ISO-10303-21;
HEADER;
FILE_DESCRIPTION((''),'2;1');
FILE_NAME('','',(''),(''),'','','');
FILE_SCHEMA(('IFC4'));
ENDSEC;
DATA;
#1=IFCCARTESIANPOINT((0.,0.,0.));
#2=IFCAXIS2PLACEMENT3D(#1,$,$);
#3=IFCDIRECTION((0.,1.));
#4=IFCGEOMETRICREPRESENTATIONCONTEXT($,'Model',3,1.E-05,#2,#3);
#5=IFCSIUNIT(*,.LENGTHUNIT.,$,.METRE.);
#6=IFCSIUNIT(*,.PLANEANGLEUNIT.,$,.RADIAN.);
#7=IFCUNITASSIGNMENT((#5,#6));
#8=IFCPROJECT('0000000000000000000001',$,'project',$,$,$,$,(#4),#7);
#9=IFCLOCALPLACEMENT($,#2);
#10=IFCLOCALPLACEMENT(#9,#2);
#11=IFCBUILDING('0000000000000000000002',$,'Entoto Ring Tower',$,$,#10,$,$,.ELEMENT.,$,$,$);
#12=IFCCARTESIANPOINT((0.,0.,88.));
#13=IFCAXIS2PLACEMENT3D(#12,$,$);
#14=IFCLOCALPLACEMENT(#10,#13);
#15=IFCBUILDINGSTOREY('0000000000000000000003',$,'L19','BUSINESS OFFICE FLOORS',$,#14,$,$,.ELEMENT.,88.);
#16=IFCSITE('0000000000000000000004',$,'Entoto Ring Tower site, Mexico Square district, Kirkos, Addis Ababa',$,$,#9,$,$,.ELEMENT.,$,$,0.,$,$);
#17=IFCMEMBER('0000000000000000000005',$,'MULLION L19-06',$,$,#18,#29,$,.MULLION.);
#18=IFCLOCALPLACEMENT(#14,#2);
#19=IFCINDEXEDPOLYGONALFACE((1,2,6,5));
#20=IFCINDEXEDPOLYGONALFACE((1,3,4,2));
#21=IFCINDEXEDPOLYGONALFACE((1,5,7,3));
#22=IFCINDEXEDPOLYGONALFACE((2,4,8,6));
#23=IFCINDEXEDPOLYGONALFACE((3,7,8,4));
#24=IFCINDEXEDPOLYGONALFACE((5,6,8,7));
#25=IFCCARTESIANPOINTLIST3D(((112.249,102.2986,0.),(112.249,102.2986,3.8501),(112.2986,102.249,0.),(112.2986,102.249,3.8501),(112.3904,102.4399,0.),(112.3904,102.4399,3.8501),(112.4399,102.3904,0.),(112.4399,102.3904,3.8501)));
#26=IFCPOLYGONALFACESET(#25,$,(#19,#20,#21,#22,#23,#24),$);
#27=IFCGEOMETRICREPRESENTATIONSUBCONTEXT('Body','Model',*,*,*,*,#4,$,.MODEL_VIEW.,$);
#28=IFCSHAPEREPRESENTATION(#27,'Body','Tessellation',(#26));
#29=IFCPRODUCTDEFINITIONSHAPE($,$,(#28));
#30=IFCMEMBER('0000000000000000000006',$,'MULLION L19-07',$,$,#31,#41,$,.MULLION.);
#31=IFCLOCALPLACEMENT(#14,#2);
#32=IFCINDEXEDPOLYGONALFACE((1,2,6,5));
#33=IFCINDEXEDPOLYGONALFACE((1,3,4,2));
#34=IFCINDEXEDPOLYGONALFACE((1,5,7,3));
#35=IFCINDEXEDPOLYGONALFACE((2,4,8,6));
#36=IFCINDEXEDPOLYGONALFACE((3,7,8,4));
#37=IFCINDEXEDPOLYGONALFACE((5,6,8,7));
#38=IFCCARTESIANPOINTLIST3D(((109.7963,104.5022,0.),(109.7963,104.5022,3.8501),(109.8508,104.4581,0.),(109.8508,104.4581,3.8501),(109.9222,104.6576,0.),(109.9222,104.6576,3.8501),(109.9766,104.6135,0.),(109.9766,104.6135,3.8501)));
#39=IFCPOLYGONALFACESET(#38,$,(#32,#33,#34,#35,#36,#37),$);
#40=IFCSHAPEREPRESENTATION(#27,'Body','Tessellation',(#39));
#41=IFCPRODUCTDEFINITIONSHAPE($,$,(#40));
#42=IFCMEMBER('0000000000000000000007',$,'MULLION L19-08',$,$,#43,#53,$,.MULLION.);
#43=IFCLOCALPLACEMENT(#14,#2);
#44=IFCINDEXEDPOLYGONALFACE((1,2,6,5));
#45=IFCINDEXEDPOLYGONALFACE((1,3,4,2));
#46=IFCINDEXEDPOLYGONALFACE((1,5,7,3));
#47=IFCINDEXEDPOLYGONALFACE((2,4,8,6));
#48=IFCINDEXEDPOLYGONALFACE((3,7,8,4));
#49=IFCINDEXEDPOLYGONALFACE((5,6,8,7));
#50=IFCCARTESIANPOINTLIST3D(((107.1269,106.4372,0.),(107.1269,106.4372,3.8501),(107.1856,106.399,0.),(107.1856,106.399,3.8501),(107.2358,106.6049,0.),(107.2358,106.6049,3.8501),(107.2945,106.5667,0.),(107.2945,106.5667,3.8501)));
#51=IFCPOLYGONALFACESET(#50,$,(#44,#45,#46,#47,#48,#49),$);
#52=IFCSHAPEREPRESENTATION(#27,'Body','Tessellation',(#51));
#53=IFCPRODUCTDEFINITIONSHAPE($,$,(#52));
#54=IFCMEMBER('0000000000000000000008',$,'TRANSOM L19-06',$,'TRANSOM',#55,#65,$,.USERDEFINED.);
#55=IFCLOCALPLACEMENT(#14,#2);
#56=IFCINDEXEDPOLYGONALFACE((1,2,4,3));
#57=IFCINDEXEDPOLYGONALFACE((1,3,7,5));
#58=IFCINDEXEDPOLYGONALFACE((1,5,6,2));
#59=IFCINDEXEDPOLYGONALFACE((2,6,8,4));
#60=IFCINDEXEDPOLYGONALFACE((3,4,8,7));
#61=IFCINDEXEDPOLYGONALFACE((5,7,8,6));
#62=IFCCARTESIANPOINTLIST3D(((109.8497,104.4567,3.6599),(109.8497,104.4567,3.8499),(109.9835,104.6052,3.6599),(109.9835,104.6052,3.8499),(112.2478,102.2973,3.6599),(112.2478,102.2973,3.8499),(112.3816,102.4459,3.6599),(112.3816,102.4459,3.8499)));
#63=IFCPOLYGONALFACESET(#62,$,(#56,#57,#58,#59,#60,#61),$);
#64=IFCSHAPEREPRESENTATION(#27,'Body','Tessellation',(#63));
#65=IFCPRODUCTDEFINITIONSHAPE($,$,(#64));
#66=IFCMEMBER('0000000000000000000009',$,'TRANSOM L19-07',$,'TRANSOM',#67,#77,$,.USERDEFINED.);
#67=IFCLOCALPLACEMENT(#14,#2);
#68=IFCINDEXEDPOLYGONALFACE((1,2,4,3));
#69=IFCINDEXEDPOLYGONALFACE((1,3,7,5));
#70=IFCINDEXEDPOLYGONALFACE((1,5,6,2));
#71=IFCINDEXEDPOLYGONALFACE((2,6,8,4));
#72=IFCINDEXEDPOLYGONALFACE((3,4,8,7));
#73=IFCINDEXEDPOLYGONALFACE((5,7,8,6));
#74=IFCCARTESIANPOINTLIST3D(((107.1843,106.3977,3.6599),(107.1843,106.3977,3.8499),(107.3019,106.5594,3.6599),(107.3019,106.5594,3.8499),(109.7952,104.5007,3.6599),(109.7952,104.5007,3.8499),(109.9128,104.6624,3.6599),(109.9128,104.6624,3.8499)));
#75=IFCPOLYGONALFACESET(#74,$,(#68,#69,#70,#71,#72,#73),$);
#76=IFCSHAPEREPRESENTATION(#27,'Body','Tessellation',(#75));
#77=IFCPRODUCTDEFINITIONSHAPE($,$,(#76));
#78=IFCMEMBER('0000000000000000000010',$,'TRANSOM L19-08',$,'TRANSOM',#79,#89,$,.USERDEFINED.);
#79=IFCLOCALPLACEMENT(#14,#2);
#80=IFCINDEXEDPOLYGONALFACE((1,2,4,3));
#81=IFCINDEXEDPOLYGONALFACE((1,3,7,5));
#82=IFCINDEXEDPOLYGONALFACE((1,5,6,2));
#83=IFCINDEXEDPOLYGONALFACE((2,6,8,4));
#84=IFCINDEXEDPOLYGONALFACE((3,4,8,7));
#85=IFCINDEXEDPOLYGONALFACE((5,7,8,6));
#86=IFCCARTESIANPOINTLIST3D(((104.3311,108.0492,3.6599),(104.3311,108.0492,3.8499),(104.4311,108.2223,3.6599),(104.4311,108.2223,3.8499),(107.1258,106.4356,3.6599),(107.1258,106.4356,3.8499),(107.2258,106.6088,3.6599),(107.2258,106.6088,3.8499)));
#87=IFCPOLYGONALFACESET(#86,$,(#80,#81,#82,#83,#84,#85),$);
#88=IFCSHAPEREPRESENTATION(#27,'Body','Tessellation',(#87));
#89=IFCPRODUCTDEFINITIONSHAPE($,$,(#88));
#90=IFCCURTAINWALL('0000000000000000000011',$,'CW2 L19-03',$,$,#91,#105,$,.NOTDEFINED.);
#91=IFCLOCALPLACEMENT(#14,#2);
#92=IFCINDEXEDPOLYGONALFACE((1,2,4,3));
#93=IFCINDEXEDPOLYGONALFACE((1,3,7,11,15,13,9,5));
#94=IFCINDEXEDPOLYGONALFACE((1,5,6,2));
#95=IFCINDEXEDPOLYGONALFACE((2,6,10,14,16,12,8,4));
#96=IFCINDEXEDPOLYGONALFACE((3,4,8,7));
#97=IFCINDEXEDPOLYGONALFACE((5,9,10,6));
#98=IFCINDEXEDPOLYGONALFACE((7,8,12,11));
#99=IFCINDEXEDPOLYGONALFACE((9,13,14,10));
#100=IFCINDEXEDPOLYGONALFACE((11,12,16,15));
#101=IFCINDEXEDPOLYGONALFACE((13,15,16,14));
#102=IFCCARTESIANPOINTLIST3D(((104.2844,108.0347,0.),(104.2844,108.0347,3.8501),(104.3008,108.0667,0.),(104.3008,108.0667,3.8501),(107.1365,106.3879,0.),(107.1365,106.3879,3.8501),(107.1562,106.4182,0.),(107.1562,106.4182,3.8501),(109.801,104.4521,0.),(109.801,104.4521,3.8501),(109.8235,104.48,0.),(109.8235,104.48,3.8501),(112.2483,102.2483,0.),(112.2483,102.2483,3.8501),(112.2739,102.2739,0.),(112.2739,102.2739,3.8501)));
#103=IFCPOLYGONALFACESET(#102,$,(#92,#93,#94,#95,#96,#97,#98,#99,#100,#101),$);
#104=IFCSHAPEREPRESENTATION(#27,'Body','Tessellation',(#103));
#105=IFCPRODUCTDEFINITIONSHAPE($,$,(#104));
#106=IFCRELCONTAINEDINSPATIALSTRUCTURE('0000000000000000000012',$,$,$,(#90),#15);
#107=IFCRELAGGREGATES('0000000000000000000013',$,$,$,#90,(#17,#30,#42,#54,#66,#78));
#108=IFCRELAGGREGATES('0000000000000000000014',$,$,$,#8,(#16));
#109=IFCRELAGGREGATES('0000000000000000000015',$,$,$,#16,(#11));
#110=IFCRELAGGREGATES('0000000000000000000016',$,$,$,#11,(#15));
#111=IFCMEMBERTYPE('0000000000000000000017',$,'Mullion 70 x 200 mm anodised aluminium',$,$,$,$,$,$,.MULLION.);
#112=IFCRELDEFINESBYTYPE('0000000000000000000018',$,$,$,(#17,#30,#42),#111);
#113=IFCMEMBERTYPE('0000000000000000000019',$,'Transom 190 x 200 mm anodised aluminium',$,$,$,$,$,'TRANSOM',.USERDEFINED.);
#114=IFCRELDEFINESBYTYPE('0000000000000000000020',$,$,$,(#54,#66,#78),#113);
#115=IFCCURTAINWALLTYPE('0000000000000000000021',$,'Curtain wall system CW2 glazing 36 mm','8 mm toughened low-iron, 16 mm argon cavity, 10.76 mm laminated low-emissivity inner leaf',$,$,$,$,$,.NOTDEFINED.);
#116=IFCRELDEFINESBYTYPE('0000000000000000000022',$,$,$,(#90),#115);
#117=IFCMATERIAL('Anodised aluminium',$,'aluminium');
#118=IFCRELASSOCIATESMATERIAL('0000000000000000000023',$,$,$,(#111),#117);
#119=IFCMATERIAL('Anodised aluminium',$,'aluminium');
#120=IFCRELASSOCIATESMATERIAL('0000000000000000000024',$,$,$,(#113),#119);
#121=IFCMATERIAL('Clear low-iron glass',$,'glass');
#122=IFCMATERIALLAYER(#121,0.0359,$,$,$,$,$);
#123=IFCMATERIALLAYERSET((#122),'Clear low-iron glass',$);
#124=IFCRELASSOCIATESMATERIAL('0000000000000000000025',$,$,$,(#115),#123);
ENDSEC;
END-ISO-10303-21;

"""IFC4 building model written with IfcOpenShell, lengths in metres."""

from ifc_helpers import new_model, si_unit, direction, frame, origin, origin_2d, place, context, subcontext, project, spatial, polyline, rectangle, outline, extrude, material, layer, layer_set, material_profile, profile_set, type_object, element, aggregate, save


model = new_model("IFC4")

# Units and contexts
model_context = context("Model", 3, precision=1e-05, world=origin(), true_north=direction((0.0, 1.0)))
body_context = subcontext(model_context, "Body", "Model", "MODEL_VIEW")
ifc_project = project(units=[si_unit("LENGTHUNIT", "METRE"), si_unit("PLANEANGLEUNIT", "RADIAN")], contexts=[model_context])

# Members
ifc_material_1 = material(Name="Anodised aluminium", Category="aluminium")
ifc_material_profile_1 = material_profile(ifc_material_1, rectangle(XDim=0.0701, YDim=0.2, at=origin_2d()), Name="Mullion 70 x 200 mm anodised aluminium")
ifc_profile_set_1 = profile_set([ifc_material_profile_1], Name="Anodised aluminium")
member_type_1 = type_object("IfcMemberType", Name="Mullion 70 x 200 mm anodised aluminium", PredefinedType="MULLION", material=ifc_profile_set_1)
site_placement = place(None, origin())
building_placement = place(site_placement, origin())
storey_placement = place(building_placement, frame((0.0, 0.0, 88.0)))
member_1_placement = place(storey_placement, frame((112.3445, 102.3445, 0.0), z_axis=(0.0, 0.0, 1.0), x_axis=(-0.707107, 0.707107, 0.0)))
member_1 = element("IfcMember", 1, at=member_1_placement, type_object=member_type_1, Name="MULLION L19-06", PredefinedType="MULLION", context=body_context, shape_type="SweptSolid", body=[
    extrude(rectangle(XDim=0.0701, YDim=0.2, at=origin_2d()), origin(), (0.0, 0.0, 1.0), 3.8501),
])
member_2_placement = place(storey_placement, frame((109.8865, 104.5579, 0.0), z_axis=(0.0, 0.0, 1.0), x_axis=(-0.777146, 0.62932, 0.0)))
member_2 = element("IfcMember", 2, at=member_2_placement, type_object=member_type_1, Name="MULLION L19-07", PredefinedType="MULLION", context=body_context, shape_type="SweptSolid", body=[
    extrude(rectangle(XDim=0.0701, YDim=0.2, at=origin_2d()), origin(), (0.0, 0.0, 1.0), 3.8501),
])
member_3_placement = place(storey_placement, frame((107.2107, 106.502, 0.0), z_axis=(0.0, 0.0, 1.0), x_axis=(-0.838671, 0.544639, 0.0)))
member_3 = element("IfcMember", 3, at=member_3_placement, type_object=member_type_1, Name="MULLION L19-08", PredefinedType="MULLION", context=body_context, shape_type="SweptSolid", body=[
    extrude(rectangle(XDim=0.0701, YDim=0.2, at=origin_2d()), origin(), (0.0, 0.0, 1.0), 3.8501),
])
ifc_material_2 = material(Name="Anodised aluminium", Category="aluminium")
ifc_material_profile_2 = material_profile(ifc_material_2, rectangle(XDim=0.2, YDim=0.1899, at=origin_2d()), Name="Transom 190 x 200 mm anodised aluminium")
ifc_profile_set_2 = profile_set([ifc_material_profile_2], Name="Anodised aluminium")
member_type_2 = type_object("IfcMemberType", Name="Transom 190 x 200 mm anodised aluminium", ElementType="TRANSOM", PredefinedType="USERDEFINED", material=ifc_profile_set_2)
member_4_placement = place(storey_placement, frame((112.3147, 102.3716, 3.7549), z_axis=(-0.743132, 0.669144, 0.0), x_axis=(-0.669144, -0.743132, 0.0)))
member_4 = element("IfcMember", 4, at=member_4_placement, type_object=member_type_2, Name="TRANSOM L19-06", ObjectType="TRANSOM", PredefinedType="USERDEFINED", context=body_context, shape_type="SweptSolid", body=[
    extrude(rectangle(XDim=0.2, YDim=0.1899, at=origin_2d()), origin(), (0.0, 0.0, 1.0), 3.2271),
])
member_5_placement = place(storey_placement, frame((109.854, 104.5815, 3.7549), z_axis=(-0.809004, 0.587803, 0.0), x_axis=(-0.587803, -0.809004, 0.0)))
member_5 = element("IfcMember", 5, at=member_5_placement, type_object=member_type_2, Name="TRANSOM L19-07", ObjectType="TRANSOM", PredefinedType="USERDEFINED", context=body_context, shape_type="SweptSolid", body=[
    extrude(rectangle(XDim=0.2, YDim=0.1899, at=origin_2d()), origin(), (0.0, 0.0, 1.0), 3.2273),
])
member_6_placement = place(storey_placement, frame((107.1758, 106.5222, 3.7549), z_axis=(-0.866023, 0.500004, 0.0), x_axis=(-0.500004, -0.866023, 0.0)))
member_6 = element("IfcMember", 6, at=member_6_placement, type_object=member_type_2, Name="TRANSOM L19-08", ObjectType="TRANSOM", PredefinedType="USERDEFINED", context=body_context, shape_type="SweptSolid", body=[
    extrude(rectangle(XDim=0.2, YDim=0.1899, at=origin_2d()), origin(), (0.0, 0.0, 1.0), 3.2271),
])

# Site, building, storey
site = spatial("IfcSite", under=ifc_project, at=site_placement, Name="Entoto Ring Tower site, Mexico Square district, Kirkos, Addis Ababa", CompositionType="ELEMENT", RefElevation=0.0)
building = spatial("IfcBuilding", under=site, at=building_placement, Name="Entoto Ring Tower", CompositionType="ELEMENT")
storey = spatial("IfcBuildingStorey", under=building, at=storey_placement, Name="L19", Description="BUSINESS OFFICE FLOORS", CompositionType="ELEMENT", Elevation=88.0)

# Curtain wall
ifc_material_3 = material(Name="Clear low-iron glass", Category="glass")
ifc_layer = layer(ifc_material_3, 0.0359)
ifc_layer_set = layer_set([ifc_layer], Name="Clear low-iron glass")
curtain_wall_type = type_object("IfcCurtainWallType", Name="Curtain wall system CW2 glazing 36 mm", Description="8 mm toughened low-iron, 16 mm argon cavity, 10.76 mm laminated low-emissivity inner leaf", PredefinedType="NOTDEFINED", material=ifc_layer_set)
curtain_wall_1_placement = place(storey_placement, origin())
curtain_wall_1 = element("IfcCurtainWall", 7, at=curtain_wall_1_placement, inside=storey, type_object=curtain_wall_type, Name="CW2 L19-03", PredefinedType="NOTDEFINED", context=body_context, shape_type="SweptSolid", body=[
    extrude(outline(polyline([(112.2739, 102.2739), (109.8235, 104.48), (107.1562, 106.4182), (104.3008, 108.0667), (104.2844, 108.0347), (107.1365, 106.3879), (109.801, 104.4521), (112.2483, 102.2483), (112.2739, 102.2739)])), origin(), (0.0, 0.0, 1.0), 3.8501),
])
aggregate(curtain_wall_1, [member_1, member_2, member_3, member_4, member_5, member_6])

save(model, "model.ifc")
